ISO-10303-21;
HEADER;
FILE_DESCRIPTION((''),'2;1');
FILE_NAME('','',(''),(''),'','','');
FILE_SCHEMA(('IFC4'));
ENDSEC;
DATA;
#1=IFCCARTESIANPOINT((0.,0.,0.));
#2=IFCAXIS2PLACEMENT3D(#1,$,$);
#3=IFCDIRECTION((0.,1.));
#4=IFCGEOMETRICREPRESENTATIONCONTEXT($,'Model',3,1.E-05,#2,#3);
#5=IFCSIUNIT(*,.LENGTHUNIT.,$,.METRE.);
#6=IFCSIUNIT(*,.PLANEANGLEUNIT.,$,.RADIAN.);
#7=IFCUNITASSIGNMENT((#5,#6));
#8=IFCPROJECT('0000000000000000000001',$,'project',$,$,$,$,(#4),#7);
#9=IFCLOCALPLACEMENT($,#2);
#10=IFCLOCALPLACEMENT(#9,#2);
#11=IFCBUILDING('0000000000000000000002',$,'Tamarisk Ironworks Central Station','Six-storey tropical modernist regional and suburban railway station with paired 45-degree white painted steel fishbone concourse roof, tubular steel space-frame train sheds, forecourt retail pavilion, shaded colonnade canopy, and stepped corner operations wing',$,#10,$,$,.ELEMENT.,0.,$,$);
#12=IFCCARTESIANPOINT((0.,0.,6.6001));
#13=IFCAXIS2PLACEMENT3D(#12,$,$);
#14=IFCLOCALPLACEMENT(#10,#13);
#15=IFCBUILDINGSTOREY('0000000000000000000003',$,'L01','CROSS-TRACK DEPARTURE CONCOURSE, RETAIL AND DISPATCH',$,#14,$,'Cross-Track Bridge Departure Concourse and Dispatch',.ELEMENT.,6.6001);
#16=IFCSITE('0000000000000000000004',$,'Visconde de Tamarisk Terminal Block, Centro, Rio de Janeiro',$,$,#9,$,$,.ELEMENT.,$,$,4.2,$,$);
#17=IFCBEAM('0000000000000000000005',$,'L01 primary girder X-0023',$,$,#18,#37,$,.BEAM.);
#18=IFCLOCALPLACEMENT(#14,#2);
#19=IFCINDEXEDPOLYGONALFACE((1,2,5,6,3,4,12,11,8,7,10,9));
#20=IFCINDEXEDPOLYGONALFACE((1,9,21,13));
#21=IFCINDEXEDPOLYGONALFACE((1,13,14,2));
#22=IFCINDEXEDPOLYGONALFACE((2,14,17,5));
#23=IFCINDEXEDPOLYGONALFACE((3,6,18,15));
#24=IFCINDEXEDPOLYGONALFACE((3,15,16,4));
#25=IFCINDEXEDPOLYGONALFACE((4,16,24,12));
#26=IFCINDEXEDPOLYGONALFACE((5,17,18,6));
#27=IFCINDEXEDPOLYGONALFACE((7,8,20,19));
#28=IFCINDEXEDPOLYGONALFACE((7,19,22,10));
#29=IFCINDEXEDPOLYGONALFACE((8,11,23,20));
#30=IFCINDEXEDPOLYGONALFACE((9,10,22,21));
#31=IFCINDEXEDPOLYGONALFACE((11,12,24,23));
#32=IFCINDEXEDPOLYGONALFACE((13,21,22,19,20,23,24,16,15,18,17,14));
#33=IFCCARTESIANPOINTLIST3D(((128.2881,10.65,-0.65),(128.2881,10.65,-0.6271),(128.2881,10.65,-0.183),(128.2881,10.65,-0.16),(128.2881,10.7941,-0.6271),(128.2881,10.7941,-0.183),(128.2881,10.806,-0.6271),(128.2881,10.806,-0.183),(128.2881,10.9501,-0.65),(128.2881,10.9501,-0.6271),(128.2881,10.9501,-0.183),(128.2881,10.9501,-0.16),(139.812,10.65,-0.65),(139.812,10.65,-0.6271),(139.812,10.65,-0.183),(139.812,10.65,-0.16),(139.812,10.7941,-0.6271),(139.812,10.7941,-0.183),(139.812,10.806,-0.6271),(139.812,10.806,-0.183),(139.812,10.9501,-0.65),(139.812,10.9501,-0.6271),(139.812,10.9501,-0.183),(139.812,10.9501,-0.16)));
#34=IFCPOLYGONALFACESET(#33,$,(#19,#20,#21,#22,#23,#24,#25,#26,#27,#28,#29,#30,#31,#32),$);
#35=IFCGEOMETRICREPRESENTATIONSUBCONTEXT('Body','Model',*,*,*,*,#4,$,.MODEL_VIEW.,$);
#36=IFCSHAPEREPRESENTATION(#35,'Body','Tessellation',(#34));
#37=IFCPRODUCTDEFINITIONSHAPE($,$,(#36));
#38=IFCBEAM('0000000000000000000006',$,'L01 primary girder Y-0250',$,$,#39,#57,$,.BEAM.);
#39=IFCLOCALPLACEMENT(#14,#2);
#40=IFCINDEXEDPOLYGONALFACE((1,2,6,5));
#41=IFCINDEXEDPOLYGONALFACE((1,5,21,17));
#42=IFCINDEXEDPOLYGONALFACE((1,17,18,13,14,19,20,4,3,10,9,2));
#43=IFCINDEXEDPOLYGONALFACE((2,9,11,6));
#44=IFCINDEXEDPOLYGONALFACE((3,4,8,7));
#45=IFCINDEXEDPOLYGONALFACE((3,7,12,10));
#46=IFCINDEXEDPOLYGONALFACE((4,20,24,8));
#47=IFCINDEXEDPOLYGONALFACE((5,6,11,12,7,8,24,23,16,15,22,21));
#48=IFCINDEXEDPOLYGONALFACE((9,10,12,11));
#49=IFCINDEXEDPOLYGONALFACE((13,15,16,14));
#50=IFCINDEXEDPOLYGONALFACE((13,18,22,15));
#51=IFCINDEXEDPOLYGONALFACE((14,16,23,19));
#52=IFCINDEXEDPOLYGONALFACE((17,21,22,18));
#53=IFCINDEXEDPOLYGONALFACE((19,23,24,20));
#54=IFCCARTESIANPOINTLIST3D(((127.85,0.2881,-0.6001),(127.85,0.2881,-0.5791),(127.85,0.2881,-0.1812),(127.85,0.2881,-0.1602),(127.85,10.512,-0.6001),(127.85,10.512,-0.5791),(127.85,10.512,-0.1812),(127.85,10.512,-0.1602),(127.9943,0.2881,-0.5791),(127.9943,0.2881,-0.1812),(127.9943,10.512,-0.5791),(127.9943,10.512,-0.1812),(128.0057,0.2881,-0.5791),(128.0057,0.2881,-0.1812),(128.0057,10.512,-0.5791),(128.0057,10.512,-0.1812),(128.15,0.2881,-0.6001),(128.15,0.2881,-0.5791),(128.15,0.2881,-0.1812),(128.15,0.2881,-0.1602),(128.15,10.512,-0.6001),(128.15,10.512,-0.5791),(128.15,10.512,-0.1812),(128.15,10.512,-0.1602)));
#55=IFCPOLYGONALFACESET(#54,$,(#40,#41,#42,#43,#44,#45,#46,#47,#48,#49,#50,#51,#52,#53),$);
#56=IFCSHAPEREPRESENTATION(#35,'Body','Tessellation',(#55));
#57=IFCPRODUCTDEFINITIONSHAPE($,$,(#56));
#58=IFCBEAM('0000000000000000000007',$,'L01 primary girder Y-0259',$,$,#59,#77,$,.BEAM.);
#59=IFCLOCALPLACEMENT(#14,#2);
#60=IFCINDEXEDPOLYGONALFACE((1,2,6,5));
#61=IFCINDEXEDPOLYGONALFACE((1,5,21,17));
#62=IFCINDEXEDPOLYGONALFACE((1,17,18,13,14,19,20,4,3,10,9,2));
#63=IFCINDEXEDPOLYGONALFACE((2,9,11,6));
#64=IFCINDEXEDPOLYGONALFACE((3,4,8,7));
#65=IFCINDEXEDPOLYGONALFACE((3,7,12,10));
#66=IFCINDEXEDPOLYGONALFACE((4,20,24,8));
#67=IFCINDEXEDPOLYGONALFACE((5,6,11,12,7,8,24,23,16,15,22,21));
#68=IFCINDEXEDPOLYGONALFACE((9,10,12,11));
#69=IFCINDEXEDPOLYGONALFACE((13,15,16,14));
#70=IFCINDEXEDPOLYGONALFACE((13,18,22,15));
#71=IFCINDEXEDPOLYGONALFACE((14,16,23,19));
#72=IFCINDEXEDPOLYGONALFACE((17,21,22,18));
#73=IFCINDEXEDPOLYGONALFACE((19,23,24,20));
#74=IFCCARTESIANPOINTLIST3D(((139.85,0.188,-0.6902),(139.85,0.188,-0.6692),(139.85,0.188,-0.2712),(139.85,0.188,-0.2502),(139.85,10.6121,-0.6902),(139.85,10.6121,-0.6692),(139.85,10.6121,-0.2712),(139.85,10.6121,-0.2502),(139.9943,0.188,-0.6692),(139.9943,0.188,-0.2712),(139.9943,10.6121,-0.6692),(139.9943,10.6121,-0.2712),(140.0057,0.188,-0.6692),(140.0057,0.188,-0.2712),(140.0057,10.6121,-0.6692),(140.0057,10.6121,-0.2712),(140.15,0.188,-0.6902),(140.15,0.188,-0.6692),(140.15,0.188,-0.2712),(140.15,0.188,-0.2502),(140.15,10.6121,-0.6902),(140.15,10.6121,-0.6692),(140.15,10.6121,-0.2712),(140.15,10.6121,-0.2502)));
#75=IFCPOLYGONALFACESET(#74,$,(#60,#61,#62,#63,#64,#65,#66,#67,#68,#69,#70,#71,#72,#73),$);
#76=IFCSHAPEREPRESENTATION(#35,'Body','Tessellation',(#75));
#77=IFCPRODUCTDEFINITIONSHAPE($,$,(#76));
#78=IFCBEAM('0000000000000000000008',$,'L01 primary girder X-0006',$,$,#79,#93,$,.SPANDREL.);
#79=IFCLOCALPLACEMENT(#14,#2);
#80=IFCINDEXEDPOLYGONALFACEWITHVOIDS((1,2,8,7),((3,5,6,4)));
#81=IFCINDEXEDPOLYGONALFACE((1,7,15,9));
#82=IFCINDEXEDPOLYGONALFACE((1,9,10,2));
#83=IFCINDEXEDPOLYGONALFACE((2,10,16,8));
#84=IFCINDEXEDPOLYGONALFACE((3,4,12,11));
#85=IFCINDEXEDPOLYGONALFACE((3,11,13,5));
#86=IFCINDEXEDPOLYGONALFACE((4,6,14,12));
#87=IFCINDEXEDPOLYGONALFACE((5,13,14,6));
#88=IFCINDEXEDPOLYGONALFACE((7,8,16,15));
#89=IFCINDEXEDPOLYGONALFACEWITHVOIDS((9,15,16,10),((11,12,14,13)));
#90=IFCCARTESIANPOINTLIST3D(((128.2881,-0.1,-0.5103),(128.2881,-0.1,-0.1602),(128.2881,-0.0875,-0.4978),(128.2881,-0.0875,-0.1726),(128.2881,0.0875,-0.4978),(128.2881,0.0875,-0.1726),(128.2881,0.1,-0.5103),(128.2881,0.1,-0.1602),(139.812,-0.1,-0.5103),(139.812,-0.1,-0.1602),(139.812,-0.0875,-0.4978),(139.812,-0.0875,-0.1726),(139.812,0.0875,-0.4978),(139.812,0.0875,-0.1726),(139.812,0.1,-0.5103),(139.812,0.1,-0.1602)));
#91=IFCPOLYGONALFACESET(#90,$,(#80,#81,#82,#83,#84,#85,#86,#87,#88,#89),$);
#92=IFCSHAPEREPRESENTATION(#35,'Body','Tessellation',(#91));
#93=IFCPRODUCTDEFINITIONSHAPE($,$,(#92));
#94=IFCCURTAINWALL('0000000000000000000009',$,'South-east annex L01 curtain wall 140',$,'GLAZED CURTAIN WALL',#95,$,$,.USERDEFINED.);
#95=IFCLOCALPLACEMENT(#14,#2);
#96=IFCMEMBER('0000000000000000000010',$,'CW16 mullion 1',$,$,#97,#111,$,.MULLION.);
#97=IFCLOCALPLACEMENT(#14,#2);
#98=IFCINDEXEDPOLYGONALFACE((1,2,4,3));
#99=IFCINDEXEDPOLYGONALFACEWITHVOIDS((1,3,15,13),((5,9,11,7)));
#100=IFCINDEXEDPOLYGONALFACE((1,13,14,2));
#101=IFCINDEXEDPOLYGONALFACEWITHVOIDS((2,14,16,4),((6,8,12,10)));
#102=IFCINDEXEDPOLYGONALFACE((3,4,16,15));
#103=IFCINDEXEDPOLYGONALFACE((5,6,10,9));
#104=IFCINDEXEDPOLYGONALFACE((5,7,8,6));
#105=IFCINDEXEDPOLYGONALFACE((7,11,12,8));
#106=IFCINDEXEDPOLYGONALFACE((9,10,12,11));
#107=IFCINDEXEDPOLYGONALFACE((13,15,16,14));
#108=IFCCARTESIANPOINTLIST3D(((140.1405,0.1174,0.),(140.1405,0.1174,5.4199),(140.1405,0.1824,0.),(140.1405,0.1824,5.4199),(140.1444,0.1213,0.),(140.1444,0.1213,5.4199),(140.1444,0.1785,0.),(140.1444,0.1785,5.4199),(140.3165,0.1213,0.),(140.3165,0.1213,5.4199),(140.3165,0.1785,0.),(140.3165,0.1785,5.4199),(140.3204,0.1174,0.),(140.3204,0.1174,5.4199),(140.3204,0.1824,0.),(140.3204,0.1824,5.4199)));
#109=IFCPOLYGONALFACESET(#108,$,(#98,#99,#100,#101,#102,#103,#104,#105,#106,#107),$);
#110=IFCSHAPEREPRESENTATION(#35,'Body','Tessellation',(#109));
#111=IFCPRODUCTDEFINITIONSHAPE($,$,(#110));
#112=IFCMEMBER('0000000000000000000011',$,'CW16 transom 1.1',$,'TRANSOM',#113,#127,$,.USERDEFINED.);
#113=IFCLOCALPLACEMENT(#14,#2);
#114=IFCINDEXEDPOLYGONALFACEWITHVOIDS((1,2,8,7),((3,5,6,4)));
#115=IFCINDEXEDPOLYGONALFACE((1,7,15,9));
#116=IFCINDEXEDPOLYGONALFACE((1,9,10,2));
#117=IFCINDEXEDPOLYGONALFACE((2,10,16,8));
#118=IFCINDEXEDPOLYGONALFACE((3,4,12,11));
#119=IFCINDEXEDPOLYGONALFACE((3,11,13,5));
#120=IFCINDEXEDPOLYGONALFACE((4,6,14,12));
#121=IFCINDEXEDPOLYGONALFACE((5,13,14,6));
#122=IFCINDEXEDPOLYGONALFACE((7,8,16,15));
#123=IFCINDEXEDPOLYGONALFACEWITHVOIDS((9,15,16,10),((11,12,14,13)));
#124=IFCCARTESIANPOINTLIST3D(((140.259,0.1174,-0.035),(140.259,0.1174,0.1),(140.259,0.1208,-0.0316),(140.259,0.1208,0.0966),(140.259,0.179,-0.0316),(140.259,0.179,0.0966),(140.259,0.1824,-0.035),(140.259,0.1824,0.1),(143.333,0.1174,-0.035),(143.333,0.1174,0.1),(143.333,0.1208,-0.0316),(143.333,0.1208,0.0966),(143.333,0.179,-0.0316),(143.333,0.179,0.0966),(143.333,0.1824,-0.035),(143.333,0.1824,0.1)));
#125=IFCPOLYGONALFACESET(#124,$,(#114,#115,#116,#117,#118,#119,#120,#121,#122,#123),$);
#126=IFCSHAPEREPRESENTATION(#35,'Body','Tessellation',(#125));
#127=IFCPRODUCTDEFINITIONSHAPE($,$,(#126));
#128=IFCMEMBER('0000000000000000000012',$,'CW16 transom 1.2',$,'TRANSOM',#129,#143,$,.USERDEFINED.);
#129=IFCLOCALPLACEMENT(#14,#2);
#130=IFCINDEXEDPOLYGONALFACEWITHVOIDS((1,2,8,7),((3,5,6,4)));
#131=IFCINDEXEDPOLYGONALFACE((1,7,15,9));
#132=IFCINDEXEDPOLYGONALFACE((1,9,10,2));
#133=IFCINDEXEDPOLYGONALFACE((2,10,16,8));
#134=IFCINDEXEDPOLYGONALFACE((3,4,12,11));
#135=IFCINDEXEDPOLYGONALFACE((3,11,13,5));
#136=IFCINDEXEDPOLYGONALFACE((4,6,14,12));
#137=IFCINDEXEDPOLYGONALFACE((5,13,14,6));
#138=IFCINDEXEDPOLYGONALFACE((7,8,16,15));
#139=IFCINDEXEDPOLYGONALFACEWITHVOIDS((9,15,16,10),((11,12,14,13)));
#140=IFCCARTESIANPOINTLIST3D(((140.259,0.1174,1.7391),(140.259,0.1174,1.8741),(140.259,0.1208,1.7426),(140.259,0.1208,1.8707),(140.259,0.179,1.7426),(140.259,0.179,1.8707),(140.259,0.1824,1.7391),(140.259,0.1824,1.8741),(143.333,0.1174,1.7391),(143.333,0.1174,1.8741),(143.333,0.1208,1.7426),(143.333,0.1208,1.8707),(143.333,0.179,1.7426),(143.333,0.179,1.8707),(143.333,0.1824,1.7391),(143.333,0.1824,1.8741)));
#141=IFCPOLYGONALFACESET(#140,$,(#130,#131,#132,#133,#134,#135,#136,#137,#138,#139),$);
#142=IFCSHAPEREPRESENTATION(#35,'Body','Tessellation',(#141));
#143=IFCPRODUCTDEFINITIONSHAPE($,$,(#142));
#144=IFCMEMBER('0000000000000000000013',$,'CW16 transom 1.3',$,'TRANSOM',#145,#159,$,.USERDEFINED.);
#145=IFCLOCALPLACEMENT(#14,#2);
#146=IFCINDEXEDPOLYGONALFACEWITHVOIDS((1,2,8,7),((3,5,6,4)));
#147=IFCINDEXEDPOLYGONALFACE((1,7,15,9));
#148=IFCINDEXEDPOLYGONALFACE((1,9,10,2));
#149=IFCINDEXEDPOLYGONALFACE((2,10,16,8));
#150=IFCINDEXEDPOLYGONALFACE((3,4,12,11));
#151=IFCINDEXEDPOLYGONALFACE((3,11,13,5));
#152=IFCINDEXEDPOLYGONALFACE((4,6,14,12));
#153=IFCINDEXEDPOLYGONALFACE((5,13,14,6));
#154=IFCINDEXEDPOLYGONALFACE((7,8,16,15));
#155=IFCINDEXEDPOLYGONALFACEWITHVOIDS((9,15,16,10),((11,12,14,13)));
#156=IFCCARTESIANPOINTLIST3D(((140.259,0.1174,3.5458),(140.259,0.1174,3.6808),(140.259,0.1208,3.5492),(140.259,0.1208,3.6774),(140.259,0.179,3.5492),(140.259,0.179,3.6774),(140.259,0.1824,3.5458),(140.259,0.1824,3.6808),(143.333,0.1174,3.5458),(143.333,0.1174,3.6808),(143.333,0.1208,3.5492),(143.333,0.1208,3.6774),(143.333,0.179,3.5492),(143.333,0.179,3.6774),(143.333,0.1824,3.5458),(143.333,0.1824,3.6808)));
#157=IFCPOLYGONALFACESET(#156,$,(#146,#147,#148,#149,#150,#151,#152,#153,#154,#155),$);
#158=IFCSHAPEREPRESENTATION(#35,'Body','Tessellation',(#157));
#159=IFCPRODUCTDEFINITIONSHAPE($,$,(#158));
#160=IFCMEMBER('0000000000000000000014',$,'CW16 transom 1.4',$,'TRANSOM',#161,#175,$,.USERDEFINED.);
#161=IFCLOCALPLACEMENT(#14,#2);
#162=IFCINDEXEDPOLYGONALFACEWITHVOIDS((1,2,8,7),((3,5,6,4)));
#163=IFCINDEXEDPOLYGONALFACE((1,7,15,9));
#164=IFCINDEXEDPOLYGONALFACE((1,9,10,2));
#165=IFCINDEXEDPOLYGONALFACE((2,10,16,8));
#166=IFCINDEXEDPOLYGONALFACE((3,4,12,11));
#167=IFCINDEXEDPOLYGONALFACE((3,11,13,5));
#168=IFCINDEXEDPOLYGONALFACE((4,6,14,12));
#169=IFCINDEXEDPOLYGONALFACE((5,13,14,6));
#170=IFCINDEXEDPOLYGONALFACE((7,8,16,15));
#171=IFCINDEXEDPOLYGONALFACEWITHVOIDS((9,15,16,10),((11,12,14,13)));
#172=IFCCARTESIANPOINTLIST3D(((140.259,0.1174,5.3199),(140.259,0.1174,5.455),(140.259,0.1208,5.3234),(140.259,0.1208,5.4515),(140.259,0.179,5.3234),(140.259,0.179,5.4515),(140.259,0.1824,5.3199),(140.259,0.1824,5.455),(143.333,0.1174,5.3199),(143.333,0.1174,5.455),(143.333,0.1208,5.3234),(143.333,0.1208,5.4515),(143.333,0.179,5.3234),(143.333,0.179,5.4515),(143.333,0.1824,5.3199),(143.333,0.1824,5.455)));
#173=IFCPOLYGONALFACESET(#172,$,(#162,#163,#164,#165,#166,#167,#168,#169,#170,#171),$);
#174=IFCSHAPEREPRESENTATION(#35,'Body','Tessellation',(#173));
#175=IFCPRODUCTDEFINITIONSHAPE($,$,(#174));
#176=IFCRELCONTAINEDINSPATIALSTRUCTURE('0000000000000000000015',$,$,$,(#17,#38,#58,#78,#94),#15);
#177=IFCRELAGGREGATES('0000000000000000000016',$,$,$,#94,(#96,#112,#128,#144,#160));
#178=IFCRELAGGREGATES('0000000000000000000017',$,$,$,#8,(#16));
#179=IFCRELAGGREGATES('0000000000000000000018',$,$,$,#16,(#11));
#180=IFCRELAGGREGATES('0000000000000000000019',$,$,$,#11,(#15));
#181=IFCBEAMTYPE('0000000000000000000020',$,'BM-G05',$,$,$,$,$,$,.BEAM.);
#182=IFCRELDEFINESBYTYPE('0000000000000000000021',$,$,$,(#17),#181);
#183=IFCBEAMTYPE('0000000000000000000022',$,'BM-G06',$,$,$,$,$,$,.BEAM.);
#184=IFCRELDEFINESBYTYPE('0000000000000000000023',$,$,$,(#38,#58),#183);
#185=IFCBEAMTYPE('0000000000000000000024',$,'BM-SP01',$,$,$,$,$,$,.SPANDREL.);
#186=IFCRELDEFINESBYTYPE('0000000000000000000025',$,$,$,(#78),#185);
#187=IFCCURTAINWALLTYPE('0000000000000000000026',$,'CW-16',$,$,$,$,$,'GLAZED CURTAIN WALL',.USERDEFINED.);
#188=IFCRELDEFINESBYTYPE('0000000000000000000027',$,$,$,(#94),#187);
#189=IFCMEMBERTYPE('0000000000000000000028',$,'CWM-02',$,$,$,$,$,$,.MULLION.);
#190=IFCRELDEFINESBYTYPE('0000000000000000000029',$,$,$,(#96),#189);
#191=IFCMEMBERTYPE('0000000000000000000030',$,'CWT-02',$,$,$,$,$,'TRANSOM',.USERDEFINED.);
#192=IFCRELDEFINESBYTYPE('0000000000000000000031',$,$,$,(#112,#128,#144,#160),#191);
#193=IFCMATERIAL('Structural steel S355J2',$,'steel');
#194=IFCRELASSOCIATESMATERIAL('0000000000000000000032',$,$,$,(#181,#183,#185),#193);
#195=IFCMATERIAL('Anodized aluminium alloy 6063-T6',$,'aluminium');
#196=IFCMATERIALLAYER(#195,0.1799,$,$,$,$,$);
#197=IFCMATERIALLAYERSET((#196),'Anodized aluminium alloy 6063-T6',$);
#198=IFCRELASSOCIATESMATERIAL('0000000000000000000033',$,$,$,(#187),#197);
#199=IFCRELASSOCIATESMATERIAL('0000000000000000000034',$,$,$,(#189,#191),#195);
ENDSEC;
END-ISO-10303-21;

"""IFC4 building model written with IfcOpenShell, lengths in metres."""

from ifc_helpers import new_model, si_unit, direction, frame, origin, origin_2d, place, context, subcontext, project, spatial, hollow_rectangle, i_section, extrude, material, layer, layer_set, material_profile, profile_set, type_object, element, aggregate, save


model = new_model("IFC4")

# Units and contexts
model_context = context("Model", 3, precision=1e-05, world=origin(), true_north=direction((0.0, 1.0)))
body_context = subcontext(model_context, "Body", "Model", "MODEL_VIEW")
ifc_project = project(units=[si_unit("LENGTHUNIT", "METRE"), si_unit("PLANEANGLEUNIT", "RADIAN")], contexts=[model_context])

# Site, building, storey
site_placement = place(None, origin())
site = spatial("IfcSite", under=ifc_project, at=site_placement, Name="Visconde de Tamarisk Terminal Block, Centro, Rio de Janeiro", CompositionType="ELEMENT", RefElevation=4.2)
building_placement = place(site_placement, origin())
building = spatial("IfcBuilding", under=site, at=building_placement, Name="Tamarisk Ironworks Central Station", Description="Six-storey tropical modernist regional and suburban railway station with paired 45-degree white painted steel fishbone concourse roof, tubular steel space-frame train sheds, forecourt retail pavilion, shaded colonnade canopy, and stepped corner operations wing", CompositionType="ELEMENT", ElevationOfRefHeight=0.0)
storey_placement = place(building_placement, frame((0.0, 0.0, 6.6001)))
storey = spatial("IfcBuildingStorey", under=building, at=storey_placement, Name="L01", Description="CROSS-TRACK DEPARTURE CONCOURSE, RETAIL AND DISPATCH", LongName="Cross-Track Bridge Departure Concourse and Dispatch", CompositionType="ELEMENT", Elevation=6.6001)

# Beams
ifc_material_1 = material(Name="Structural steel S355J2", Category="steel")
ifc_material_profile_1 = material_profile(ifc_material_1, i_section(OverallWidth=0.3, OverallDepth=0.49, WebThickness=0.012, FlangeThickness=0.0229, at=origin_2d()), Name="HEA 500")
ifc_profile_set_1 = profile_set([ifc_material_profile_1], Name="Structural steel S355J2")
beam_type_1 = type_object("IfcBeamType", Name="BM-G05", PredefinedType="BEAM", material=ifc_profile_set_1)
beam_1_placement = place(storey_placement, frame((128.2881, 10.8, -0.405), z_axis=(1.0, 0.0, 0.0), x_axis=(0.0, 1.0, 0.0)))
element("IfcBeam", 1, at=beam_1_placement, inside=storey, type_object=beam_type_1, Name="L01 primary girder X-0023", PredefinedType="BEAM", context=body_context, shape_type="SweptSolid", body=[
    extrude(i_section(OverallWidth=0.3, OverallDepth=0.49, WebThickness=0.012, FlangeThickness=0.0229, at=origin_2d()), origin(), (0.0, 0.0, 1.0), 11.5239),
])
ifc_material_profile_2 = material_profile(ifc_material_1, i_section(OverallWidth=0.3, OverallDepth=0.4399, WebThickness=0.0115, FlangeThickness=0.021, at=origin_2d()), Name="HEA 450")
ifc_profile_set_2 = profile_set([ifc_material_profile_2], Name="Structural steel S355J2")
beam_type_2 = type_object("IfcBeamType", Name="BM-G06", PredefinedType="BEAM", material=ifc_profile_set_2)
beam_2_placement = place(storey_placement, frame((128.0, 0.2881, -0.3801), z_axis=(0.0, 1.0, 0.0), x_axis=(-1.0, 0.0, 0.0)))
element("IfcBeam", 2, at=beam_2_placement, inside=storey, type_object=beam_type_2, Name="L01 primary girder Y-0250", PredefinedType="BEAM", context=body_context, shape_type="SweptSolid", body=[
    extrude(i_section(OverallWidth=0.3, OverallDepth=0.4399, WebThickness=0.0115, FlangeThickness=0.021, at=origin_2d()), origin(), (0.0, 0.0, 1.0), 10.2239),
])
beam_3_placement = place(storey_placement, frame((140.0, 0.188, -0.4702), z_axis=(0.0, 1.0, 0.0), x_axis=(-1.0, 0.0, 0.0)))
element("IfcBeam", 3, at=beam_3_placement, inside=storey, type_object=beam_type_2, Name="L01 primary girder Y-0259", PredefinedType="BEAM", context=body_context, shape_type="SweptSolid", body=[
    extrude(i_section(OverallWidth=0.3, OverallDepth=0.4399, WebThickness=0.0115, FlangeThickness=0.021, at=origin_2d()), origin(), (0.0, 0.0, 1.0), 10.4241),
])
ifc_material_profile_3 = material_profile(ifc_material_1, hollow_rectangle(XDim=0.2, YDim=0.3501, WallThickness=0.0125, at=origin_2d()), Name="RHS 350x200x12.5")
ifc_profile_set_3 = profile_set([ifc_material_profile_3], Name="Structural steel S355J2")
beam_type_3 = type_object("IfcBeamType", Name="BM-SP01", PredefinedType="SPANDREL", material=ifc_profile_set_3)
beam_4_placement = place(storey_placement, frame((128.2881, 0.0, -0.3352), z_axis=(1.0, 0.0, 0.0), x_axis=(0.0, 1.0, 0.0)))
element("IfcBeam", 4, at=beam_4_placement, inside=storey, type_object=beam_type_3, Name="L01 primary girder X-0006", PredefinedType="SPANDREL", context=body_context, shape_type="SweptSolid", body=[
    extrude(hollow_rectangle(XDim=0.2, YDim=0.3501, WallThickness=0.0125, at=origin_2d()), origin(), (0.0, 0.0, 1.0), 11.5239),
])

# Curtain wall, members
ifc_material_2 = material(Name="Anodized aluminium alloy 6063-T6", Category="aluminium")
ifc_layer_1 = layer(ifc_material_2, 0.1799)
ifc_layer_set_1 = layer_set([ifc_layer_1], Name="Anodized aluminium alloy 6063-T6")
curtain_wall_type = type_object("IfcCurtainWallType", Name="CW-16", ElementType="GLAZED CURTAIN WALL", PredefinedType="USERDEFINED", material=ifc_layer_set_1)
curtain_wall_placement = place(storey_placement, origin())
curtain_wall = element("IfcCurtainWall", 5, at=curtain_wall_placement, inside=storey, type_object=curtain_wall_type, Name="South-east annex L01 curtain wall 140", ObjectType="GLAZED CURTAIN WALL", PredefinedType="USERDEFINED")
ifc_material_profile_4 = material_profile(ifc_material_2, hollow_rectangle(XDim=0.0649, YDim=0.1799, WallThickness=0.0039, at=origin_2d()), Name="ALUM 180x65")
ifc_profile_set_4 = profile_set([ifc_material_profile_4], Name="Anodized aluminium alloy 6063-T6")
member_type_1 = type_object("IfcMemberType", Name="CWM-02", PredefinedType="MULLION", material=ifc_profile_set_4)
member_1_placement = place(storey_placement, frame((140.2305, 0.1499, 0.0), z_axis=(0.0, 0.0, 1.0), x_axis=(0.0, 1.0, 0.0)))
member_1 = element("IfcMember", 6, at=member_1_placement, type_object=member_type_1, Name="CW16 mullion 1", PredefinedType="MULLION", context=body_context, shape_type="SweptSolid", body=[
    extrude(hollow_rectangle(XDim=0.0649, YDim=0.1799, WallThickness=0.0039, at=origin_2d()), origin(), (0.0, 0.0, 1.0), 5.4199),
])
ifc_material_profile_5 = material_profile(ifc_material_2, hollow_rectangle(XDim=0.0649, YDim=0.135, WallThickness=0.0034, at=origin_2d()), Name="ALUM 135x65")
ifc_profile_set_5 = profile_set([ifc_material_profile_5], Name="Anodized aluminium alloy 6063-T6")
member_type_2 = type_object("IfcMemberType", Name="CWT-02", ElementType="TRANSOM", PredefinedType="USERDEFINED", material=ifc_profile_set_5)
member_2_placement = place(storey_placement, frame((140.259, 0.1499, 0.0325), z_axis=(1.0, 0.0, 0.0), x_axis=(0.0, 1.0, 0.0)))
member_2 = element("IfcMember", 7, at=member_2_placement, type_object=member_type_2, Name="CW16 transom 1.1", ObjectType="TRANSOM", PredefinedType="USERDEFINED", context=body_context, shape_type="SweptSolid", body=[
    extrude(hollow_rectangle(XDim=0.0649, YDim=0.135, WallThickness=0.0034, at=origin_2d()), origin(), (0.0, 0.0, 1.0), 3.074),
])
member_3_placement = place(storey_placement, frame((140.259, 0.1499, 1.8066), z_axis=(1.0, 0.0, 0.0), x_axis=(0.0, 1.0, 0.0)))
member_3 = element("IfcMember", 8, at=member_3_placement, type_object=member_type_2, Name="CW16 transom 1.2", ObjectType="TRANSOM", PredefinedType="USERDEFINED", context=body_context, shape_type="SweptSolid", body=[
    extrude(hollow_rectangle(XDim=0.0649, YDim=0.135, WallThickness=0.0034, at=origin_2d()), origin(), (0.0, 0.0, 1.0), 3.074),
])
member_4_placement = place(storey_placement, frame((140.259, 0.1499, 3.6133), z_axis=(1.0, 0.0, 0.0), x_axis=(0.0, 1.0, 0.0)))
member_4 = element("IfcMember", 9, at=member_4_placement, type_object=member_type_2, Name="CW16 transom 1.3", ObjectType="TRANSOM", PredefinedType="USERDEFINED", context=body_context, shape_type="SweptSolid", body=[
    extrude(hollow_rectangle(XDim=0.0649, YDim=0.135, WallThickness=0.0034, at=origin_2d()), origin(), (0.0, 0.0, 1.0), 3.074),
])
member_5_placement = place(storey_placement, frame((140.259, 0.1499, 5.3875), z_axis=(1.0, 0.0, 0.0), x_axis=(0.0, 1.0, 0.0)))
member_5 = element("IfcMember", 10, at=member_5_placement, type_object=member_type_2, Name="CW16 transom 1.4", ObjectType="TRANSOM", PredefinedType="USERDEFINED", context=body_context, shape_type="SweptSolid", body=[
    extrude(hollow_rectangle(XDim=0.0649, YDim=0.135, WallThickness=0.0034, at=origin_2d()), origin(), (0.0, 0.0, 1.0), 3.074),
])
aggregate(curtain_wall, [member_1, member_2, member_3, member_4, member_5])

save(model, "model.ifc")
